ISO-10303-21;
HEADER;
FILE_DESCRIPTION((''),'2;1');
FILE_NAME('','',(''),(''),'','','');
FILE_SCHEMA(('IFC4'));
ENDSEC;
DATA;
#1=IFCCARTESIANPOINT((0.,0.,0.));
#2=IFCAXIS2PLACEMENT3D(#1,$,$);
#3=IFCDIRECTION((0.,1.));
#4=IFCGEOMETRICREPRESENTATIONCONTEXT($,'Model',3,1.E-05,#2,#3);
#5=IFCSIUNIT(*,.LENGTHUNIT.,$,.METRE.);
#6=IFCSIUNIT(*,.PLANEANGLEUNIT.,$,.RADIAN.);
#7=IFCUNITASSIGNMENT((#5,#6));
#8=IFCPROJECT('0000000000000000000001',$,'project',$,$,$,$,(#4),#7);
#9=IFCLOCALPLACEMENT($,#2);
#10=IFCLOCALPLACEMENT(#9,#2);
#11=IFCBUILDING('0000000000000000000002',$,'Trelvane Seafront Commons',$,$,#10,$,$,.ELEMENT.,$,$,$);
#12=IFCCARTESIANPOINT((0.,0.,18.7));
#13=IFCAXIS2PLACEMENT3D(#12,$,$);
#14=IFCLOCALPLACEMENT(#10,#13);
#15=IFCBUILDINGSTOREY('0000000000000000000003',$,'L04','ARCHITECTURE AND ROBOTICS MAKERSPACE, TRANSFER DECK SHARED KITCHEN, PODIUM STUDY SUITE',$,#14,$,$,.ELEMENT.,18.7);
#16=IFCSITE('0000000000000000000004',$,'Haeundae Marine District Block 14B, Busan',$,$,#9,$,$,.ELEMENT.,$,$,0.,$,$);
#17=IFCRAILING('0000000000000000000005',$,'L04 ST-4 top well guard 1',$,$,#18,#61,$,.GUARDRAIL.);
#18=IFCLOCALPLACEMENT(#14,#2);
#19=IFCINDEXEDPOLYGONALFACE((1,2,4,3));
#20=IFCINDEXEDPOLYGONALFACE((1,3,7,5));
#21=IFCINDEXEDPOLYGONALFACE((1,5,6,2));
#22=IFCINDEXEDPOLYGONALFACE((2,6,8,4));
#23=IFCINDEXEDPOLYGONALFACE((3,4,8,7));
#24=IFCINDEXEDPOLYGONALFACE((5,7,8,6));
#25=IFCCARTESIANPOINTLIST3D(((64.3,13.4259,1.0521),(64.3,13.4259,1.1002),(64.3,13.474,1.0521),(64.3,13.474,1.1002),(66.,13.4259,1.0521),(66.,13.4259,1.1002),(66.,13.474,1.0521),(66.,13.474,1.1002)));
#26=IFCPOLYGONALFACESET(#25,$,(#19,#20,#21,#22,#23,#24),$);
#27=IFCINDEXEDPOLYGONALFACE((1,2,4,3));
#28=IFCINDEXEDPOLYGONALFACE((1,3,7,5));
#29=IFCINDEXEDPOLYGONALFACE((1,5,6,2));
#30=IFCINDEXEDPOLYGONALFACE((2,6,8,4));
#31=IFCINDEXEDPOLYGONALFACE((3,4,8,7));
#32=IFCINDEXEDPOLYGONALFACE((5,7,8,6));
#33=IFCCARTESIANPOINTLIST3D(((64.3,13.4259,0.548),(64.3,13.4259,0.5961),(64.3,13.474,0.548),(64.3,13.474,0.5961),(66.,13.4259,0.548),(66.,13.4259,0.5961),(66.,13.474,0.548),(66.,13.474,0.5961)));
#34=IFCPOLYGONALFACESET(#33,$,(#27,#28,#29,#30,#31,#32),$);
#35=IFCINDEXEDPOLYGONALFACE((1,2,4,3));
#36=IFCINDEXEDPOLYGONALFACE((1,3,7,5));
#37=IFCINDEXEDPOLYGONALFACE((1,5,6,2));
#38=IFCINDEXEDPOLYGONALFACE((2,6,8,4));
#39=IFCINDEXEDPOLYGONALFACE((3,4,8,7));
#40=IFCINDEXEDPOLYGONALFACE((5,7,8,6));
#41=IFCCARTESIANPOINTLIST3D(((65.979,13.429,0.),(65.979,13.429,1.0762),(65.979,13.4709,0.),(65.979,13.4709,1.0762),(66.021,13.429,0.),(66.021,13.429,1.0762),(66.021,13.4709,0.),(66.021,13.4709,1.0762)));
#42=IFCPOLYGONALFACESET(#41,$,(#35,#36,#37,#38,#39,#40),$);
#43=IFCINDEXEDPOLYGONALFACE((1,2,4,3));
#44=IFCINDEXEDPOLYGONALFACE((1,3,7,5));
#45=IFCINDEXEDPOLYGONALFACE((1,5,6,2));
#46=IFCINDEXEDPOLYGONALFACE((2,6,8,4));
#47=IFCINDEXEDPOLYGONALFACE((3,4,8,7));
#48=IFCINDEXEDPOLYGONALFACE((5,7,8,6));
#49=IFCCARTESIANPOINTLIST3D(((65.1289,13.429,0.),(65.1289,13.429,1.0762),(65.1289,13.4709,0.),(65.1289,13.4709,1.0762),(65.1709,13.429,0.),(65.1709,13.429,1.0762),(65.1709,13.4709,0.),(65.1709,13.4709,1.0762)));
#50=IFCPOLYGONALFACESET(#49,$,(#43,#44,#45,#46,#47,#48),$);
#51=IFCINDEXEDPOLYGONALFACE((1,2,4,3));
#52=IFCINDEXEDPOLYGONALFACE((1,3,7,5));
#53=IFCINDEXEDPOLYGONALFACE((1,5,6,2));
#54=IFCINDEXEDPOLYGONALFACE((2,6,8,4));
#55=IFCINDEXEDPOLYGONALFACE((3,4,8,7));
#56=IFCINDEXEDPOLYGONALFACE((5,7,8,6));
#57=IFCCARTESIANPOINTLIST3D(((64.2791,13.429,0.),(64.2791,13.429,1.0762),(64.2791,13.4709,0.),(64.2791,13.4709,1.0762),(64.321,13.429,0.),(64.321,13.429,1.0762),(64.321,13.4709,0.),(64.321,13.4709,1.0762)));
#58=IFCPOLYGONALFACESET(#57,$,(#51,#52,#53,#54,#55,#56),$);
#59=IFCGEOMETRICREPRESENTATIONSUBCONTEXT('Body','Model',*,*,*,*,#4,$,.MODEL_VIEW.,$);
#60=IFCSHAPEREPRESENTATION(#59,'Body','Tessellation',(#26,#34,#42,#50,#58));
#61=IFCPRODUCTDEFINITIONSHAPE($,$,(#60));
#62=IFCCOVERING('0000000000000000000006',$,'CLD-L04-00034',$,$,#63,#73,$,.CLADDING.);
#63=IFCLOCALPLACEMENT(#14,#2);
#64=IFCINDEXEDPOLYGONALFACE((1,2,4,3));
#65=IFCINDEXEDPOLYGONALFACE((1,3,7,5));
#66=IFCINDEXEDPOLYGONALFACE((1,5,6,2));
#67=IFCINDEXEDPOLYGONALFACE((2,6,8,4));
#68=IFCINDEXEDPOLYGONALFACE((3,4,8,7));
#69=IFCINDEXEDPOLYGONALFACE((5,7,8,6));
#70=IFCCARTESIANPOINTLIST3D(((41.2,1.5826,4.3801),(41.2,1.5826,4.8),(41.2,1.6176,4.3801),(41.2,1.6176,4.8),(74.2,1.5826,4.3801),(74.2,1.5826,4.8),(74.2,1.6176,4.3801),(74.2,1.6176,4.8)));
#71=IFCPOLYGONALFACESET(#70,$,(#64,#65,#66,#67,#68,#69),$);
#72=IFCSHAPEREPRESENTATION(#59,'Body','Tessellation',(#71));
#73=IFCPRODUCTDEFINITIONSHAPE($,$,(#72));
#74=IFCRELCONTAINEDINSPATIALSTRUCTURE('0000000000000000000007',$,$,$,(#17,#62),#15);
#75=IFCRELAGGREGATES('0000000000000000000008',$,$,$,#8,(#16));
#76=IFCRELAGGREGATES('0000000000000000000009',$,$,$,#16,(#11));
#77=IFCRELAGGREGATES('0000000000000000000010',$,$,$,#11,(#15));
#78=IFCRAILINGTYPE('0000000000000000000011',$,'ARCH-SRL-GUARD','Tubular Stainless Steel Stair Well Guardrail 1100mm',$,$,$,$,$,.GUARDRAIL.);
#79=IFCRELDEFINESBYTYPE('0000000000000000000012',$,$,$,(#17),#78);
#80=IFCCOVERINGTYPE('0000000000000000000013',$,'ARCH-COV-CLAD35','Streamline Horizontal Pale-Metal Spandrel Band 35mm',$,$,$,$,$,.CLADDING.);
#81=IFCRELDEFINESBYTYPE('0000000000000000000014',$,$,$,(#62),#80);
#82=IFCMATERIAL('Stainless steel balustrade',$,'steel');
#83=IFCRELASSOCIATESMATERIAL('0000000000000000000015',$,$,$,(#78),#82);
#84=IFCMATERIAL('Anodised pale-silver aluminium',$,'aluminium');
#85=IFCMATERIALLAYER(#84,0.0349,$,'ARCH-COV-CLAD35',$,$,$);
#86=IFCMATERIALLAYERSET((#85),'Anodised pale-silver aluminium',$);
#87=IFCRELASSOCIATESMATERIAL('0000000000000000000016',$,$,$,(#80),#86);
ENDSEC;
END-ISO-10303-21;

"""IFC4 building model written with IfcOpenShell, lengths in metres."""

from ifc_helpers import new_model, si_unit, direction, frame, origin, origin_2d, place, context, subcontext, project, spatial, rectangle, extrude, source, transform, mapped, material, layer, layer_set, type_object, element, save


model = new_model("IFC4")

# Units and contexts
model_context = context("Model", 3, precision=1e-05, world=origin(), true_north=direction((0.0, 1.0)))
body_context = subcontext(model_context, "Body", "Model", "MODEL_VIEW")
ifc_project = project(units=[si_unit("LENGTHUNIT", "METRE"), si_unit("PLANEANGLEUNIT", "RADIAN")], contexts=[model_context])

# Site, building, storey
site_placement = place(None, origin())
site = spatial("IfcSite", under=ifc_project, at=site_placement, Name="Haeundae Marine District Block 14B, Busan", CompositionType="ELEMENT", RefElevation=0.0)
building_placement = place(site_placement, origin())
building = spatial("IfcBuilding", under=site, at=building_placement, Name="Trelvane Seafront Commons", CompositionType="ELEMENT")
storey_placement = place(building_placement, frame((0.0, 0.0, 18.7)))
storey = spatial("IfcBuildingStorey", under=building, at=storey_placement, Name="L04", Description="ARCHITECTURE AND ROBOTICS MAKERSPACE, TRANSFER DECK SHARED KITCHEN, PODIUM STUDY SUITE", CompositionType="ELEMENT", Elevation=18.7)

# Railing
ifc_material_1 = material(Name="Stainless steel balustrade", Category="steel")
railing_type_1 = type_object("IfcRailingType", Name="ARCH-SRL-GUARD", Description="Tubular Stainless Steel Stair Well Guardrail 1100mm", PredefinedType="GUARDRAIL", material=ifc_material_1)
railing_1_placement = place(storey_placement, frame((66.0, 13.45, 0.0)))
element("IfcRailing", 1, at=railing_1_placement, inside=storey, type_object=railing_type_1, Name="L04 ST-4 top well guard 1", PredefinedType="GUARDRAIL", context=body_context, shape_type="SweptSolid", body=[
    extrude(rectangle(XDim=0.0481, YDim=0.0481, at=origin_2d()), frame((0.0, 0.0, 1.0762), z_axis=(-1.0, 0.0, 0.0), x_axis=(0.0, -1.0, 0.0)), (0.0, 0.0, 1.0), 1.7),
    extrude(rectangle(XDim=0.0481, YDim=0.0481, at=origin_2d()), frame((0.0, 0.0, 0.572), z_axis=(-1.0, 0.0, 0.0), x_axis=(0.0, -1.0, 0.0)), (0.0, 0.0, 1.0), 1.7),
    extrude(rectangle(XDim=0.042, YDim=0.042, at=origin_2d()), origin(), (0.0, 0.0, 1.0), 1.0762),
    extrude(rectangle(XDim=0.042, YDim=0.042, at=origin_2d()), frame((-0.8501, 0.0, 0.0)), (0.0, 0.0, 1.0), 1.0762),
    extrude(rectangle(XDim=0.042, YDim=0.042, at=origin_2d()), frame((-1.7, 0.0, 0.0)), (0.0, 0.0, 1.0), 1.0762),
])

# Covering
ifc_material_2 = material(Name="Anodised pale-silver aluminium", Category="aluminium")
ifc_layer_1 = layer(ifc_material_2, 0.0349, Name="ARCH-COV-CLAD35")
ifc_layer_set_1 = layer_set([ifc_layer_1], Name="Anodised pale-silver aluminium")
covering_type = type_object("IfcCoveringType", Name="ARCH-COV-CLAD35", Description="Streamline Horizontal Pale-Metal Spandrel Band 35mm", PredefinedType="CLADDING", material=ifc_layer_set_1)
shared_shape_1 = source(origin(), body_context, "Body", "SweptSolid", [
    extrude(rectangle(XDim=33.0, YDim=0.0349, at=origin_2d()), origin(), (0.0, 0.0, 1.0), 0.4199),
])
covering_placement = place(storey_placement, frame((57.7, 1.6001, 4.3801), z_axis=(0.0, 0.0, 1.0), x_axis=(-1.0, 0.0, 0.0)))
element("IfcCovering", 2, at=covering_placement, inside=storey, type_object=covering_type, Name="CLD-L04-00034", PredefinedType="CLADDING", context=body_context, shape_type="MappedRepresentation", body=[
    mapped(shared_shape_1, transform((0.0, 0.0, 0.0), x_axis=(1.0, 0.0, 0.0), y_axis=(0.0, 1.0, 0.0), z_axis=(0.0, 0.0, 1.0), scale=1.0)),
])

save(model, "model.ifc")
